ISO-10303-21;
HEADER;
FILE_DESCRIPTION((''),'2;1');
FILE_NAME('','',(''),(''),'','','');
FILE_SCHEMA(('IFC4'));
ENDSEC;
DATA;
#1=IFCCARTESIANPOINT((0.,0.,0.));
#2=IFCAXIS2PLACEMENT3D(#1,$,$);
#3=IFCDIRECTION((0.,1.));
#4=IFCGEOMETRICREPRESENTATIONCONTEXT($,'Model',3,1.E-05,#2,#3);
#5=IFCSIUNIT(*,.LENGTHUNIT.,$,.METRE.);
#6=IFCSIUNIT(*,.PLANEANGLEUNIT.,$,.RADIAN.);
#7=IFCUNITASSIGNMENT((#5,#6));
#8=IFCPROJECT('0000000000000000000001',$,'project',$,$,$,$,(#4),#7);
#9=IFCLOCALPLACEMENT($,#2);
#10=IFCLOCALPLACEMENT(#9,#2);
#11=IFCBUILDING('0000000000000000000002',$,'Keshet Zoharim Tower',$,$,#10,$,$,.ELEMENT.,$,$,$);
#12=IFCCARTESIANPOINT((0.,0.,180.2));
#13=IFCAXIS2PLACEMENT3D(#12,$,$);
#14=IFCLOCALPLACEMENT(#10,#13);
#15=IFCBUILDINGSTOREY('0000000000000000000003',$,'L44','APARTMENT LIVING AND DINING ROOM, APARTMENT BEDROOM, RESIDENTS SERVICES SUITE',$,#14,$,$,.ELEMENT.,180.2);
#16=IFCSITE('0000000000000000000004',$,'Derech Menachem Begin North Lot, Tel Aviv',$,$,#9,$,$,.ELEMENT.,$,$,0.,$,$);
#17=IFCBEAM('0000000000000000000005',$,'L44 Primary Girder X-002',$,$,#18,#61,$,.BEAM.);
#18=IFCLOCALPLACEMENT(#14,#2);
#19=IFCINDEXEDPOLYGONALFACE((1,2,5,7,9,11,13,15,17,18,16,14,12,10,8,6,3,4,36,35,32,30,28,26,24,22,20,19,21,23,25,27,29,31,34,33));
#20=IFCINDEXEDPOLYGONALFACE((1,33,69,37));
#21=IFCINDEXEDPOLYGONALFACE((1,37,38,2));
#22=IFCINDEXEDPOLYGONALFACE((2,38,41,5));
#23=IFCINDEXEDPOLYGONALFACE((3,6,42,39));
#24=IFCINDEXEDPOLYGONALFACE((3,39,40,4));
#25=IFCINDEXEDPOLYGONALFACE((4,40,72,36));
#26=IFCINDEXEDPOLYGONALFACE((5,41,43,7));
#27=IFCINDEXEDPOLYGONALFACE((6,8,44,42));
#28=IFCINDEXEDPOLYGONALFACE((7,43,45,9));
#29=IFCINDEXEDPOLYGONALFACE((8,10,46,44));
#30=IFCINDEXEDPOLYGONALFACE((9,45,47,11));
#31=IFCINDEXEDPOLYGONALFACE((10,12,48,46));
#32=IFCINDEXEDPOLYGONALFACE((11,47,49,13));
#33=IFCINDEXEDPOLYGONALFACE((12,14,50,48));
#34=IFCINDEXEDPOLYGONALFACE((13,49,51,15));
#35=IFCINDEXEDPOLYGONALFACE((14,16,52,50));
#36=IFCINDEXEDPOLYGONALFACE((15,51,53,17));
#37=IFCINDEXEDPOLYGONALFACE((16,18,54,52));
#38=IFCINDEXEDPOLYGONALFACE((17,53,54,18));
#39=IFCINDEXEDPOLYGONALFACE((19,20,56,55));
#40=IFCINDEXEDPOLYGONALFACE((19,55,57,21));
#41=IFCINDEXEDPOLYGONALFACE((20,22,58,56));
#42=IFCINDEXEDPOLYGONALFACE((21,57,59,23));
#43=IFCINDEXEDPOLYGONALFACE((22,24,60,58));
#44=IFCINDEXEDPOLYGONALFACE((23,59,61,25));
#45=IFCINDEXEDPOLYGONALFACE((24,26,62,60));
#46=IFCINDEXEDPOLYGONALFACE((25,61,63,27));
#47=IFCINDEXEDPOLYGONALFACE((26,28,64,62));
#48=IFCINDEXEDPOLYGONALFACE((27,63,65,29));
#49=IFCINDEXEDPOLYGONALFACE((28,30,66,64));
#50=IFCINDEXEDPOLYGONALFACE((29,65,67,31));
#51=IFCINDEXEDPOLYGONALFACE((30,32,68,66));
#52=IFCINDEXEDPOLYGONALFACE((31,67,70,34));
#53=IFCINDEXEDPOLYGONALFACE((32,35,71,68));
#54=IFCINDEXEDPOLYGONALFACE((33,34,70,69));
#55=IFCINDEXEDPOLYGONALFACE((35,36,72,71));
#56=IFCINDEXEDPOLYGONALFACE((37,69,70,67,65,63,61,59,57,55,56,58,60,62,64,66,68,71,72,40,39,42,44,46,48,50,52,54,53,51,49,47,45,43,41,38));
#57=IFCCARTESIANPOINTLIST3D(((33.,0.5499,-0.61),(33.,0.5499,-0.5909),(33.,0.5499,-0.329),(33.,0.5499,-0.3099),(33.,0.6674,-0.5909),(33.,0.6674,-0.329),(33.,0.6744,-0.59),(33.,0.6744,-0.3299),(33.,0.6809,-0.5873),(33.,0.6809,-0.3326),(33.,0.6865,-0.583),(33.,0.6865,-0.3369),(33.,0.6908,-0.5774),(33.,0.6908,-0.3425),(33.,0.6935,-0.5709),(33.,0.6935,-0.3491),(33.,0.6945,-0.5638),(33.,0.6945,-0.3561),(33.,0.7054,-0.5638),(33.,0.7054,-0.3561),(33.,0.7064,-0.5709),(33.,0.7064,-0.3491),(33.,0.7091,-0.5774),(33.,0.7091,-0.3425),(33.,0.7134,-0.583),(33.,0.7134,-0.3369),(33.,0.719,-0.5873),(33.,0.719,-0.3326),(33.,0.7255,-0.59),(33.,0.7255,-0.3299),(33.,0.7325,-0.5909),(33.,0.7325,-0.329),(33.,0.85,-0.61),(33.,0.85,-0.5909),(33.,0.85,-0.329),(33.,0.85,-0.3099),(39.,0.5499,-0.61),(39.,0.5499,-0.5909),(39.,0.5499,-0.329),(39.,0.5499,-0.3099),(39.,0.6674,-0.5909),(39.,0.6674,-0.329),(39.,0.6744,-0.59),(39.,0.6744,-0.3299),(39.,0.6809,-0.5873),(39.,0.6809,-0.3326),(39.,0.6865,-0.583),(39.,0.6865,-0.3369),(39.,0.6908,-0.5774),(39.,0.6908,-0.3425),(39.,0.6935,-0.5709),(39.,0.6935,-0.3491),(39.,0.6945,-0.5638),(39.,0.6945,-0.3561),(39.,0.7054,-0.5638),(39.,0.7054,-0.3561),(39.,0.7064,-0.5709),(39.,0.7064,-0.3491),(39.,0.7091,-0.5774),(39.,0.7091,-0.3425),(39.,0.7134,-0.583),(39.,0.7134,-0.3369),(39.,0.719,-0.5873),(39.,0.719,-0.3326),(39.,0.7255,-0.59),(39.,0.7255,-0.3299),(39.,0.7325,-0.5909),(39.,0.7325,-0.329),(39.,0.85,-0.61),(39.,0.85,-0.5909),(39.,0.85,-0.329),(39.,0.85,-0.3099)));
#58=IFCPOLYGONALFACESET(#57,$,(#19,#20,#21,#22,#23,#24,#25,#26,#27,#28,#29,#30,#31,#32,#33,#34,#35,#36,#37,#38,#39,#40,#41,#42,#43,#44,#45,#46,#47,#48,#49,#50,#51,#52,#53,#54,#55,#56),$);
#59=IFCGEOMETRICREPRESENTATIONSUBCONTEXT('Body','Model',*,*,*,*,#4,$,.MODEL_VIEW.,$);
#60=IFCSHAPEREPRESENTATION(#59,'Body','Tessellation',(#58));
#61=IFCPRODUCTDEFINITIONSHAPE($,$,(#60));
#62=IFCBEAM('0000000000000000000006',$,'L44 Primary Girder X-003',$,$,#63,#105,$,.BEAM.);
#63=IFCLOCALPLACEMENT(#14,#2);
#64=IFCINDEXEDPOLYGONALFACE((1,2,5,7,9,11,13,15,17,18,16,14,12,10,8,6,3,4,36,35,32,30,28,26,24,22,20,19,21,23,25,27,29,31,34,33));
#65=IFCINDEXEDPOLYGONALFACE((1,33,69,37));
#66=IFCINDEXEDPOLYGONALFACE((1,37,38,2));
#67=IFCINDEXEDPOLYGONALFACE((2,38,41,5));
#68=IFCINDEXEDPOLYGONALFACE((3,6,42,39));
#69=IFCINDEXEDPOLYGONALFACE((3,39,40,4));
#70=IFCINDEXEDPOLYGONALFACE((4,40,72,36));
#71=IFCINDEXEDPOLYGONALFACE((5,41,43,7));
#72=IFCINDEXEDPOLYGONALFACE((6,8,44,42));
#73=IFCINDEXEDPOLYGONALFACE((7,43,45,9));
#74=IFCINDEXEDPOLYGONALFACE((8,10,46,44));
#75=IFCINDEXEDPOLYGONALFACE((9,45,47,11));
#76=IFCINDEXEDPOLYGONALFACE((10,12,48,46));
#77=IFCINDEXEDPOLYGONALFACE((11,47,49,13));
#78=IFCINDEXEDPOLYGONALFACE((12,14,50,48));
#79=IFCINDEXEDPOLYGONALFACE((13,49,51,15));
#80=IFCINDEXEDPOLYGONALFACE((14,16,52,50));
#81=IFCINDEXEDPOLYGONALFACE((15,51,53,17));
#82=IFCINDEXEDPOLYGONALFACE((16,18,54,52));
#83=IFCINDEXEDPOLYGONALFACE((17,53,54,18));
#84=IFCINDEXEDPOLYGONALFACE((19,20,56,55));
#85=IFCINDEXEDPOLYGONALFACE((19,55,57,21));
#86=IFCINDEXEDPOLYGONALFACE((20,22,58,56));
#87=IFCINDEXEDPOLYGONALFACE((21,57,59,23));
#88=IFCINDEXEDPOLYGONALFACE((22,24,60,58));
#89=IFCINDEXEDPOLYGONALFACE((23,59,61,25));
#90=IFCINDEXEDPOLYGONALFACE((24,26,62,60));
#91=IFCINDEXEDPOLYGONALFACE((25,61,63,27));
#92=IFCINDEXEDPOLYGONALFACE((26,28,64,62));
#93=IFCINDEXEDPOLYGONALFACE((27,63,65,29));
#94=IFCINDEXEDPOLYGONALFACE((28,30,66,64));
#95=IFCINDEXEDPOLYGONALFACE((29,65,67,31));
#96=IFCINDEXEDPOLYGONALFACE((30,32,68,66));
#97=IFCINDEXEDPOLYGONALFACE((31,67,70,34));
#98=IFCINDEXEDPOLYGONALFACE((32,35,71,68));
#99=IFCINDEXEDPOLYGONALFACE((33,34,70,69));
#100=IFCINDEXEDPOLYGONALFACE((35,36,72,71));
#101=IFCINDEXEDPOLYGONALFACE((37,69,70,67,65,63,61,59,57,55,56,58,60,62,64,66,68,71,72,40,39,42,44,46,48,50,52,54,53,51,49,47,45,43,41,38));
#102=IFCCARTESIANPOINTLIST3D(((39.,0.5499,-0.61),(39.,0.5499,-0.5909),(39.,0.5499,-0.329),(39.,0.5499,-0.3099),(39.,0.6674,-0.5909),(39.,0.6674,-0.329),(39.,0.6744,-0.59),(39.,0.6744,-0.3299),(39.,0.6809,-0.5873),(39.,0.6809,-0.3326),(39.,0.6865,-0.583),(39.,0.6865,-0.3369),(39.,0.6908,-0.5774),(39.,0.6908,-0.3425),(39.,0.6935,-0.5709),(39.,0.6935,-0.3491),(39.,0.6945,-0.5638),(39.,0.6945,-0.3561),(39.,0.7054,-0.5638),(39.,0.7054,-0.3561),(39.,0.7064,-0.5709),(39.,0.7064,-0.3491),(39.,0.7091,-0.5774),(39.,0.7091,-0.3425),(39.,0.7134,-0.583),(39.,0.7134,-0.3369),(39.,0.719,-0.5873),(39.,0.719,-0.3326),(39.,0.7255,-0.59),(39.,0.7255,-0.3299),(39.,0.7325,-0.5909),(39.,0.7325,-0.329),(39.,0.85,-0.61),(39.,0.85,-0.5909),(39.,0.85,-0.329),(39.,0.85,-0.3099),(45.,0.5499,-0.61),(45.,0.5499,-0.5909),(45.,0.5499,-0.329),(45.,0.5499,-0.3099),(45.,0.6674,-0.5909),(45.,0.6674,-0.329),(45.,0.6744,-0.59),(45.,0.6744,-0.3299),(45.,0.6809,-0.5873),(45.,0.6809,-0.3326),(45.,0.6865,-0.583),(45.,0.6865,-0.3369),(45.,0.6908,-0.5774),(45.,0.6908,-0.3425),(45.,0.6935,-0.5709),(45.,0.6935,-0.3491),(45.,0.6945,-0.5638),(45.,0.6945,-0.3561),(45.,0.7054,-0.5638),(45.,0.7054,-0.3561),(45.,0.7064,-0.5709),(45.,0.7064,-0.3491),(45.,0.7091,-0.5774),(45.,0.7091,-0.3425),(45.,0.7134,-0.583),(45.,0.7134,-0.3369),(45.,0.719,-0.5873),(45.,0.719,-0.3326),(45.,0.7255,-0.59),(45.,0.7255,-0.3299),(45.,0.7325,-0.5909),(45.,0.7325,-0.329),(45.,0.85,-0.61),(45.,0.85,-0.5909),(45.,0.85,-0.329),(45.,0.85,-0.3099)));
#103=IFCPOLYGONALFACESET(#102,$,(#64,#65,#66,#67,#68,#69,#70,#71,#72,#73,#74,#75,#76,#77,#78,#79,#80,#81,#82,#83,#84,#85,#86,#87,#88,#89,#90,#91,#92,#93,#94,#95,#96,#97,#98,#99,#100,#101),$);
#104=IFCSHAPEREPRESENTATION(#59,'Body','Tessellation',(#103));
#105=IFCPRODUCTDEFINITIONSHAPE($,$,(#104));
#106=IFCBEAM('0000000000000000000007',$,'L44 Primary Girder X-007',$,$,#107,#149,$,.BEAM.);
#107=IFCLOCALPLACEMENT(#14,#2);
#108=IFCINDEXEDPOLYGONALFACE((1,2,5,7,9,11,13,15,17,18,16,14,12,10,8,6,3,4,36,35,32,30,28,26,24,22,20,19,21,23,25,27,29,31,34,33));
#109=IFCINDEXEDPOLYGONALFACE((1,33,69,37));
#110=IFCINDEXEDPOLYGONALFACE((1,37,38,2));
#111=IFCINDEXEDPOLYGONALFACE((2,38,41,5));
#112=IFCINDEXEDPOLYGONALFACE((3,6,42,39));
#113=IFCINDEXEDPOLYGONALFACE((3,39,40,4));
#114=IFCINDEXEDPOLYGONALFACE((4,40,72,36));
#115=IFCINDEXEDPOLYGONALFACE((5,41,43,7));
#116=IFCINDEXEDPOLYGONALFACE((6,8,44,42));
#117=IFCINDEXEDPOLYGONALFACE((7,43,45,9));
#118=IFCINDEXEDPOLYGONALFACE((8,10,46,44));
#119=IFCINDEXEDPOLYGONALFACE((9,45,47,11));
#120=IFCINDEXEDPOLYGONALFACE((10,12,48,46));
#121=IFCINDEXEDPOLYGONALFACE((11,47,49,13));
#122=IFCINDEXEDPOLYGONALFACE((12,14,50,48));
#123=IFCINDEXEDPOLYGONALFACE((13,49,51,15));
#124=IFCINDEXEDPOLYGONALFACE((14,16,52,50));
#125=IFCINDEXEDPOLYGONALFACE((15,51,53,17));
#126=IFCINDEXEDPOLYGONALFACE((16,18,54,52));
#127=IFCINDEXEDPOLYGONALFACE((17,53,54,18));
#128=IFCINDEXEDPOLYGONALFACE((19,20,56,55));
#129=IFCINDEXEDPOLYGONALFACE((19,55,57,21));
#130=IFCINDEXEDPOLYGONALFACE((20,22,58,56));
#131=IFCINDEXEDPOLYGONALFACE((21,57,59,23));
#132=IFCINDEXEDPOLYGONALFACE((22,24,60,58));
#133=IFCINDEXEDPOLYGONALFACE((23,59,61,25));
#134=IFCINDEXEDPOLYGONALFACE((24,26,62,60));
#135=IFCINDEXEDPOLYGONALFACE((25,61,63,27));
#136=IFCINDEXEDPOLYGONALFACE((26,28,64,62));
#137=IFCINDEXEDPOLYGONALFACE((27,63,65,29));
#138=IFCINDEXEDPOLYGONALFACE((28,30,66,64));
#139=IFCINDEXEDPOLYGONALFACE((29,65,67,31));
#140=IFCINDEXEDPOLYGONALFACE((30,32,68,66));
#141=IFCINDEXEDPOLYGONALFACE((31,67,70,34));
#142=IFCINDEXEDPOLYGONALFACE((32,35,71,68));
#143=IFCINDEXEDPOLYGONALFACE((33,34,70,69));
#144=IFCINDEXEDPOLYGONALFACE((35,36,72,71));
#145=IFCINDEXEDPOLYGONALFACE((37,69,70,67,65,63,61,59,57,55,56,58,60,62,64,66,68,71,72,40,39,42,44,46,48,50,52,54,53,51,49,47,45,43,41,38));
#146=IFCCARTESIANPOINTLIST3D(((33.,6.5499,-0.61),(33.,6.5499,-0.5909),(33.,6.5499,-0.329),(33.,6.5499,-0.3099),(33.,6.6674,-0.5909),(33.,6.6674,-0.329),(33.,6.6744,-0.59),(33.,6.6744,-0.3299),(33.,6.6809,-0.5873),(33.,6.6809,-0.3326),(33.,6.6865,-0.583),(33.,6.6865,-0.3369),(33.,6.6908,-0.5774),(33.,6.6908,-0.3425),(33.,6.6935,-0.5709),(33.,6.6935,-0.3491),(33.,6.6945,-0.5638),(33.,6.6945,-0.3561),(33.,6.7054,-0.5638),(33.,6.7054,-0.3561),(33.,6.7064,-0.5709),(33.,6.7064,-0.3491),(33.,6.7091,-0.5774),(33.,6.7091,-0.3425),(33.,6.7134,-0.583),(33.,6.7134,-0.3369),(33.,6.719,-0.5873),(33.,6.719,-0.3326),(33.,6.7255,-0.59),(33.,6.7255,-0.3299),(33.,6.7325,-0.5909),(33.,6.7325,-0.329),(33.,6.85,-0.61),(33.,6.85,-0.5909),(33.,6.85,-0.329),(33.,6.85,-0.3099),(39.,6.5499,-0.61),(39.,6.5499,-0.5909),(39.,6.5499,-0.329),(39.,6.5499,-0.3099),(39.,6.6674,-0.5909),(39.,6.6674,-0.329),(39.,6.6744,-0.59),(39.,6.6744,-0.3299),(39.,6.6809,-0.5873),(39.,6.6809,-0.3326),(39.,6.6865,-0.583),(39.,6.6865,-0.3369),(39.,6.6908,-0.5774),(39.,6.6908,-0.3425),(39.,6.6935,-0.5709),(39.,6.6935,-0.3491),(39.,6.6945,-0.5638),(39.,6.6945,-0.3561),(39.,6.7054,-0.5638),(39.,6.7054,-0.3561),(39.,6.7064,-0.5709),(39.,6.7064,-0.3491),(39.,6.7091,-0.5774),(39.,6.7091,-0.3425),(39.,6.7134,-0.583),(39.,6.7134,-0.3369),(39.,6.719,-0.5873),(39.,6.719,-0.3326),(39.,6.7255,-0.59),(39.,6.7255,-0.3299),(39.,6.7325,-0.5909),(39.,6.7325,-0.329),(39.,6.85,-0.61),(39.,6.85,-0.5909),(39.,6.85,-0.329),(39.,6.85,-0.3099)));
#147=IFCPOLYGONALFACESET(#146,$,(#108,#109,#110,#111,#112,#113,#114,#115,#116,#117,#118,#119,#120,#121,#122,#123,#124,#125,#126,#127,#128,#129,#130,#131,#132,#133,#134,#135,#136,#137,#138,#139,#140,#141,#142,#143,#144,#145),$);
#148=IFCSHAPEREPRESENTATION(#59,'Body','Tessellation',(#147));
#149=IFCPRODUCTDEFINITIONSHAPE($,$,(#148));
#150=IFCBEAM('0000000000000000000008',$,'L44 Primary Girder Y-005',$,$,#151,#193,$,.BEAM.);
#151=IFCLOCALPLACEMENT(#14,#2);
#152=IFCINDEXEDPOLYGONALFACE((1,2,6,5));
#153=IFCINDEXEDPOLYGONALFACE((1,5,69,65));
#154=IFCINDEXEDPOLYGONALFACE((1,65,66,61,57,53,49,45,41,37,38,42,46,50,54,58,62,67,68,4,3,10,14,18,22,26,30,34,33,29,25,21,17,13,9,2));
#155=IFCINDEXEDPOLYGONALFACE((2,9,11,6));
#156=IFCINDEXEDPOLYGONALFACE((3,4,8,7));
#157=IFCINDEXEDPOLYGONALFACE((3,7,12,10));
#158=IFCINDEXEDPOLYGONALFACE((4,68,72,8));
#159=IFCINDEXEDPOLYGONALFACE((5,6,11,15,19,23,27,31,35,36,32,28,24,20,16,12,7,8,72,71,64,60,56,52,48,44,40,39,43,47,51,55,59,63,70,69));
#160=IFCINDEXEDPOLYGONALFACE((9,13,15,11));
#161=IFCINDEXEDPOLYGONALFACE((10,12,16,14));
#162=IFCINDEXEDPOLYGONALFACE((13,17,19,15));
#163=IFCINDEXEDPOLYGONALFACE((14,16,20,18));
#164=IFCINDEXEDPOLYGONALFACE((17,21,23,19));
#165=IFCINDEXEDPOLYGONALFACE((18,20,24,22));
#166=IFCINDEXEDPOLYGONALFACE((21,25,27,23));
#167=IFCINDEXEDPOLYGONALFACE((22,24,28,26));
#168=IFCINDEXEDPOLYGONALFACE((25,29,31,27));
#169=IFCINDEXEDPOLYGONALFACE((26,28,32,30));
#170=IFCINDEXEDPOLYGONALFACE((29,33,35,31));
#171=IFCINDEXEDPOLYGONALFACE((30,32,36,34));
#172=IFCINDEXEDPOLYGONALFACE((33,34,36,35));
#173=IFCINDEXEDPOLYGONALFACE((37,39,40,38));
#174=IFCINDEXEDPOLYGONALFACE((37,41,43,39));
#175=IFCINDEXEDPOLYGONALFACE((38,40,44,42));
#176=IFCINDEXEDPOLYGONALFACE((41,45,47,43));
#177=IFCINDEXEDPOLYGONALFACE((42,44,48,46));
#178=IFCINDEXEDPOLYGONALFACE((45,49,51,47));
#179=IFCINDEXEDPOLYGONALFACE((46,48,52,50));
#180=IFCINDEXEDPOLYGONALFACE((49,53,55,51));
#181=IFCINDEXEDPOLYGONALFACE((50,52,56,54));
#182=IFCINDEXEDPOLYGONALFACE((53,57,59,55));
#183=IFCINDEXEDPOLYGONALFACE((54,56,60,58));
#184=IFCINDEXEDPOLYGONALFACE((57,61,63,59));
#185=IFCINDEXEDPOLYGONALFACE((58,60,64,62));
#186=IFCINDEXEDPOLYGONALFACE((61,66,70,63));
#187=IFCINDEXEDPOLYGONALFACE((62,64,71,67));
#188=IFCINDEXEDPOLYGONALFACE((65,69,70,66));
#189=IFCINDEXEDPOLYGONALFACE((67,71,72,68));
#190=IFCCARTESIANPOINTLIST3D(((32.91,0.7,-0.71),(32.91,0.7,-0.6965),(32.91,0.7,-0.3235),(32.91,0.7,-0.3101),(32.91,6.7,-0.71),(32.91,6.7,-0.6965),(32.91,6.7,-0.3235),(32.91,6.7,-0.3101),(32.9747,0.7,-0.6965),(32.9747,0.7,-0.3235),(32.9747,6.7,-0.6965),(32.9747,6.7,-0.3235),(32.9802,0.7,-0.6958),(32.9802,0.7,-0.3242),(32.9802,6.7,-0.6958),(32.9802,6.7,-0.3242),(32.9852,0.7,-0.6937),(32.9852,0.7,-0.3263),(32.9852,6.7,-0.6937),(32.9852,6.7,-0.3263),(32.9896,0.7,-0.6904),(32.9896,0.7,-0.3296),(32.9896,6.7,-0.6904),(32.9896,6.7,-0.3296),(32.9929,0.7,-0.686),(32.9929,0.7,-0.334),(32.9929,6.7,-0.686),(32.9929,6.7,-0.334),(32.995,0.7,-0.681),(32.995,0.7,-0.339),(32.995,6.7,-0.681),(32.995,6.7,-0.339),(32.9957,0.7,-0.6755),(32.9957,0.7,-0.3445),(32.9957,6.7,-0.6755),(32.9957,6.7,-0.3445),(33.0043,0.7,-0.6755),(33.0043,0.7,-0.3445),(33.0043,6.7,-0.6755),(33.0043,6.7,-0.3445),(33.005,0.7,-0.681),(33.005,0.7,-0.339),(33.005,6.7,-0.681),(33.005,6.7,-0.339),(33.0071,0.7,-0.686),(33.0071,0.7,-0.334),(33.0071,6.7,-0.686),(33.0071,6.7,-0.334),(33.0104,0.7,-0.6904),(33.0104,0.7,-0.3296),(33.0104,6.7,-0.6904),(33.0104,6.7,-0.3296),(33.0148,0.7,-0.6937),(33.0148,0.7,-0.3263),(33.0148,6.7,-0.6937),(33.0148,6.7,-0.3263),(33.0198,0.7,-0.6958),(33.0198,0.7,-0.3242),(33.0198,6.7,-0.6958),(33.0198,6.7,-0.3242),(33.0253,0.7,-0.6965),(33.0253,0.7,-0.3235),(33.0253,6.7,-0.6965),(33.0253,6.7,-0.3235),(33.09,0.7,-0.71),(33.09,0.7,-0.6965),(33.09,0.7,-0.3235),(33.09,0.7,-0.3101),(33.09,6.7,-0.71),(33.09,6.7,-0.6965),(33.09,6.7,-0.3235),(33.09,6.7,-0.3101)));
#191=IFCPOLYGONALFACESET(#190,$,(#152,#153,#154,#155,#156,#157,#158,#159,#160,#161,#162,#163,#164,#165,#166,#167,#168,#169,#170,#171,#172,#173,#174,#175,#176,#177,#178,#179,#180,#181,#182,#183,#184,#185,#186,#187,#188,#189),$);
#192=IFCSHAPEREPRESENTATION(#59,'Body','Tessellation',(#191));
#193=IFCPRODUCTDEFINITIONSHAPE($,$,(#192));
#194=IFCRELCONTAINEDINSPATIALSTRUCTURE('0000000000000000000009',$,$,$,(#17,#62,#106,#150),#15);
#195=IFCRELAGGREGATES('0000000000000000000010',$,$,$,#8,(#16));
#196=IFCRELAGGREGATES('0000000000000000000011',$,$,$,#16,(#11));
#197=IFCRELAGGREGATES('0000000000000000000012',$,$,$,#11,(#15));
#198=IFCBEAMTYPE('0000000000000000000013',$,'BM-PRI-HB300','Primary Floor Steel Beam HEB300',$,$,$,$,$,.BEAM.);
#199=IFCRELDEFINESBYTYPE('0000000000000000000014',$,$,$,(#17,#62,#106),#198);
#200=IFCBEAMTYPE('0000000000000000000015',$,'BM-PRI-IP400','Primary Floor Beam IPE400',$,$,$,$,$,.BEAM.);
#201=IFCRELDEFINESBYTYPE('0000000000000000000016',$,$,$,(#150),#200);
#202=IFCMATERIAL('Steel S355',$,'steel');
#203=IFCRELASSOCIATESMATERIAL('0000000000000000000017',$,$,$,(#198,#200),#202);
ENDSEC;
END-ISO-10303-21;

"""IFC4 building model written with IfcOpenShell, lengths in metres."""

from ifc_helpers import new_model, si_unit, direction, frame, origin, origin_2d, place, context, subcontext, project, spatial, i_section, extrude, material, material_profile, profile_set, type_object, element, save


model = new_model("IFC4")

# Units and contexts
model_context = context("Model", 3, precision=1e-05, world=origin(), true_north=direction((0.0, 1.0)))
body_context = subcontext(model_context, "Body", "Model", "MODEL_VIEW")
ifc_project = project(units=[si_unit("LENGTHUNIT", "METRE"), si_unit("PLANEANGLEUNIT", "RADIAN")], contexts=[model_context])

# Site, building, storey
site_placement = place(None, origin())
site = spatial("IfcSite", under=ifc_project, at=site_placement, Name="Derech Menachem Begin North Lot, Tel Aviv", CompositionType="ELEMENT", RefElevation=0.0)
building_placement = place(site_placement, origin())
building = spatial("IfcBuilding", under=site, at=building_placement, Name="Keshet Zoharim Tower", CompositionType="ELEMENT")
storey_placement = place(building_placement, frame((0.0, 0.0, 180.2)))
storey = spatial("IfcBuildingStorey", under=building, at=storey_placement, Name="L44", Description="APARTMENT LIVING AND DINING ROOM, APARTMENT BEDROOM, RESIDENTS SERVICES SUITE", CompositionType="ELEMENT", Elevation=180.2)

# Shared definitions
ifc_material_1 = material(Name="Steel S355", Category="steel")

# Beams
ifc_material_profile_1 = material_profile(ifc_material_1, i_section(OverallWidth=0.3, OverallDepth=0.3, WebThickness=0.011, FlangeThickness=0.019, FilletRadius=0.0271, at=origin_2d()), Name="HEB300")
ifc_profile_set_1 = profile_set([ifc_material_profile_1], Name="Steel S355")
beam_type_1 = type_object("IfcBeamType", Name="BM-PRI-HB300", Description="Primary Floor Steel Beam HEB300", PredefinedType="BEAM", material=ifc_profile_set_1)
for number, where, z_axis, x_axis, name in (
    (1, (33.0, 0.7, -0.46), (1.0, 0.0, 0.0), (0.0, 1.0, 0.0), "L44 Primary Girder X-002"),
    (2, (39.0, 0.7, -0.46), (1.0, 0.0, 0.0), (0.0, 1.0, 0.0), "L44 Primary Girder X-003"),
    (3, (33.0, 6.7, -0.46), (1.0, 0.0, 0.0), (0.0, 1.0, 0.0), "L44 Primary Girder X-007"),
):
    element("IfcBeam", number, at=place(storey_placement, frame(where, z_axis=z_axis, x_axis=x_axis)), inside=storey, type_object=beam_type_1, Name=name, PredefinedType="BEAM", context=body_context, shape_type="SweptSolid", body=[
        extrude(i_section(OverallWidth=0.3, OverallDepth=0.3, WebThickness=0.011, FlangeThickness=0.019, FilletRadius=0.0271, at=origin_2d()), origin(), (0.0, 0.0, 1.0), 6.0),
    ])
ifc_material_profile_2 = material_profile(ifc_material_1, i_section(OverallWidth=0.1799, OverallDepth=0.3999, WebThickness=0.0085, FlangeThickness=0.0134, FilletRadius=0.021, at=origin_2d()), Name="IPE400")
ifc_profile_set_2 = profile_set([ifc_material_profile_2], Name="Steel S355")
beam_type_2 = type_object("IfcBeamType", Name="BM-PRI-IP400", Description="Primary Floor Beam IPE400", PredefinedType="BEAM", material=ifc_profile_set_2)
for number, where, z_axis, x_axis, name in (
    (4, (33.0, 0.7, -0.51), (0.0, 1.0, 0.0), (-1.0, 0.0, 0.0), "L44 Primary Girder Y-005"),
):
    element("IfcBeam", number, at=place(storey_placement, frame(where, z_axis=z_axis, x_axis=x_axis)), inside=storey, type_object=beam_type_2, Name=name, PredefinedType="BEAM", context=body_context, shape_type="SweptSolid", body=[
        extrude(i_section(OverallWidth=0.1799, OverallDepth=0.3999, WebThickness=0.0085, FlangeThickness=0.0134, FilletRadius=0.021, at=origin_2d()), origin(), (0.0, 0.0, 1.0), 6.0),
    ])

save(model, "model.ifc")
